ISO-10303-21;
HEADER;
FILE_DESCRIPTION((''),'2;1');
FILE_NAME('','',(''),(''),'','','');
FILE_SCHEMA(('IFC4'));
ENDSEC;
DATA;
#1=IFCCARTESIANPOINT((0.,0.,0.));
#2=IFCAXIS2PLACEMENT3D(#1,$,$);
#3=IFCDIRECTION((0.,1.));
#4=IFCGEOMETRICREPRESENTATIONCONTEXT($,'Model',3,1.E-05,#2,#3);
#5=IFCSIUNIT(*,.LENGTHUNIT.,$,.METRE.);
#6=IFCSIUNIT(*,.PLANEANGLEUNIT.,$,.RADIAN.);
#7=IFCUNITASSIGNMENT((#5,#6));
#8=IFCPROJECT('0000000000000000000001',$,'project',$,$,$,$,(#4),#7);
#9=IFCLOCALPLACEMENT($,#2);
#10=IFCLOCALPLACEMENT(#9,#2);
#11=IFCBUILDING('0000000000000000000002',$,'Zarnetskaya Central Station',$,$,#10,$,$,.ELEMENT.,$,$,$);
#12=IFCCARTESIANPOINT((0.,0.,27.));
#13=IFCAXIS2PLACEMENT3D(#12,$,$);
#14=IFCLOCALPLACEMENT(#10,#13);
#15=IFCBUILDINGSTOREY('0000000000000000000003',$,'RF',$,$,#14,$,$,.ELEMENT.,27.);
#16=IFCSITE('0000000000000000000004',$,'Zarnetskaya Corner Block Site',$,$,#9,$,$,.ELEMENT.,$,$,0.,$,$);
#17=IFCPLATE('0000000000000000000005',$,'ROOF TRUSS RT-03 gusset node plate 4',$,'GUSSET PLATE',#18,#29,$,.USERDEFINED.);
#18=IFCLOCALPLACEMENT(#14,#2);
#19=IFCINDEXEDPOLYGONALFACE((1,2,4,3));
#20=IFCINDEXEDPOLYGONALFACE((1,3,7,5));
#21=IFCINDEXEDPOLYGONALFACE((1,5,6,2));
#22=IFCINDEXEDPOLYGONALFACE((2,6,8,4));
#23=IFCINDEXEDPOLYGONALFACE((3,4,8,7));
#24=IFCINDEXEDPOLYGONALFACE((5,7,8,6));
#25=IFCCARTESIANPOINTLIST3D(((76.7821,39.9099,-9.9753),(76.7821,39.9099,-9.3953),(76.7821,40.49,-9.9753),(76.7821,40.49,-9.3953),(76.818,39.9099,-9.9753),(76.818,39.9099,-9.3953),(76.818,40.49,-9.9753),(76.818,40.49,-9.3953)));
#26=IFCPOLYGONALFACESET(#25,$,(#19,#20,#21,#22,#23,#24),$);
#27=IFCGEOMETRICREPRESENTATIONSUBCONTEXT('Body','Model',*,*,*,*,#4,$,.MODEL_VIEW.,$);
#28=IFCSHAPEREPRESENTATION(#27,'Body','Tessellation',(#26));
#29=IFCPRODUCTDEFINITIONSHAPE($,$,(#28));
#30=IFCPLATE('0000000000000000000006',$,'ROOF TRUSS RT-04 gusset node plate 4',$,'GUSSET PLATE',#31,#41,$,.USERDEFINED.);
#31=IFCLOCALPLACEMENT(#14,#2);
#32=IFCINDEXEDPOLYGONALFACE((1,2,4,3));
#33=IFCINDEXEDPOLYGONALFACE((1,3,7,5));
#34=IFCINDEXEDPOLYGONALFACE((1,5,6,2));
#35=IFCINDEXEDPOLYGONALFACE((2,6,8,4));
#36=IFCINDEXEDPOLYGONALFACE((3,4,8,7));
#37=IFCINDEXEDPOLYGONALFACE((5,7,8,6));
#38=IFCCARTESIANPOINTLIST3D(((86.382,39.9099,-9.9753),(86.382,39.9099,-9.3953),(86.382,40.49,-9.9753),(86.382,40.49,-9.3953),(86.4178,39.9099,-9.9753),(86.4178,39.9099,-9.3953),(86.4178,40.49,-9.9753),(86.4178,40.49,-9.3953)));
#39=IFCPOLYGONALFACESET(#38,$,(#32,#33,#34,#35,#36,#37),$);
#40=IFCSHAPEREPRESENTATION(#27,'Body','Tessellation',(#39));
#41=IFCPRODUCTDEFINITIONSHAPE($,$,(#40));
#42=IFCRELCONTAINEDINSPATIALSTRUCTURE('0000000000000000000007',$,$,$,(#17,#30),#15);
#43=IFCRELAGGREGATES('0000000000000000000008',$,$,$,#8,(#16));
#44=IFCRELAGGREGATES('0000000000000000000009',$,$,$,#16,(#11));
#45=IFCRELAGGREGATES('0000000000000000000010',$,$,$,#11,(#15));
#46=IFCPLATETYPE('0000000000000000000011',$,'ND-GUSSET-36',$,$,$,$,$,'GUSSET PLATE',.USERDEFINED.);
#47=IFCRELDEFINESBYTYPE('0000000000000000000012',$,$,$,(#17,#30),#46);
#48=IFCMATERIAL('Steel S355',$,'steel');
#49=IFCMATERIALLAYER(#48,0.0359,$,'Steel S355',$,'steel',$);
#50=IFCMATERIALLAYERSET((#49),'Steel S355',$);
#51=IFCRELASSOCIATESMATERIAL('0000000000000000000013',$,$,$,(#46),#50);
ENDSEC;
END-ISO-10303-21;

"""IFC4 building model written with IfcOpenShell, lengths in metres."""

from ifc_helpers import new_model, si_unit, direction, frame, origin, origin_2d, place, context, subcontext, project, spatial, rectangle, extrude, material, layer, layer_set, type_object, element, save


model = new_model("IFC4")

# Units and contexts
model_context = context("Model", 3, precision=1e-05, world=origin(), true_north=direction((0.0, 1.0)))
body_context = subcontext(model_context, "Body", "Model", "MODEL_VIEW")
ifc_project = project(units=[si_unit("LENGTHUNIT", "METRE"), si_unit("PLANEANGLEUNIT", "RADIAN")], contexts=[model_context])

# Site, building, storey
site_placement = place(None, origin())
site = spatial("IfcSite", under=ifc_project, at=site_placement, Name="Zarnetskaya Corner Block Site", CompositionType="ELEMENT", RefElevation=0.0)
building_placement = place(site_placement, origin())
building = spatial("IfcBuilding", under=site, at=building_placement, Name="Zarnetskaya Central Station", CompositionType="ELEMENT")
storey_placement = place(building_placement, frame((0.0, 0.0, 27.0)))
storey = spatial("IfcBuildingStorey", under=building, at=storey_placement, Name="RF", CompositionType="ELEMENT", Elevation=27.0)

# Shared definitions
ifc_material = material(Name="Steel S355", Category="steel")

# Plates
ifc_layer_1 = layer(ifc_material, 0.0359, Name="Steel S355", Category="steel")
ifc_layer_set_1 = layer_set([ifc_layer_1], Name="Steel S355")
plate_type_1 = type_object("IfcPlateType", Name="ND-GUSSET-36", ElementType="GUSSET PLATE", PredefinedType="USERDEFINED", material=ifc_layer_set_1)
for number, where, z_axis, x_axis, name in (
    (1, (76.8, 40.2, -9.9753), (0.0, 0.0, 1.0), (1.0, 0.0, 0.0), "ROOF TRUSS RT-03 gusset node plate 4"),
    (2, (86.3999, 40.2, -9.9753), (0.0, 0.0, 1.0), (1.0, 0.0, 0.0), "ROOF TRUSS RT-04 gusset node plate 4"),
):
    element("IfcPlate", number, at=place(storey_placement, frame(where, z_axis=z_axis, x_axis=x_axis)), inside=storey, type_object=plate_type_1, Name=name, ObjectType="GUSSET PLATE", PredefinedType="USERDEFINED", context=body_context, shape_type="SweptSolid", body=[
        extrude(rectangle(XDim=0.0359, YDim=0.5801, at=origin_2d()), origin(), (0.0, 0.0, 1.0), 0.5801),
    ])

save(model, "model.ifc")
